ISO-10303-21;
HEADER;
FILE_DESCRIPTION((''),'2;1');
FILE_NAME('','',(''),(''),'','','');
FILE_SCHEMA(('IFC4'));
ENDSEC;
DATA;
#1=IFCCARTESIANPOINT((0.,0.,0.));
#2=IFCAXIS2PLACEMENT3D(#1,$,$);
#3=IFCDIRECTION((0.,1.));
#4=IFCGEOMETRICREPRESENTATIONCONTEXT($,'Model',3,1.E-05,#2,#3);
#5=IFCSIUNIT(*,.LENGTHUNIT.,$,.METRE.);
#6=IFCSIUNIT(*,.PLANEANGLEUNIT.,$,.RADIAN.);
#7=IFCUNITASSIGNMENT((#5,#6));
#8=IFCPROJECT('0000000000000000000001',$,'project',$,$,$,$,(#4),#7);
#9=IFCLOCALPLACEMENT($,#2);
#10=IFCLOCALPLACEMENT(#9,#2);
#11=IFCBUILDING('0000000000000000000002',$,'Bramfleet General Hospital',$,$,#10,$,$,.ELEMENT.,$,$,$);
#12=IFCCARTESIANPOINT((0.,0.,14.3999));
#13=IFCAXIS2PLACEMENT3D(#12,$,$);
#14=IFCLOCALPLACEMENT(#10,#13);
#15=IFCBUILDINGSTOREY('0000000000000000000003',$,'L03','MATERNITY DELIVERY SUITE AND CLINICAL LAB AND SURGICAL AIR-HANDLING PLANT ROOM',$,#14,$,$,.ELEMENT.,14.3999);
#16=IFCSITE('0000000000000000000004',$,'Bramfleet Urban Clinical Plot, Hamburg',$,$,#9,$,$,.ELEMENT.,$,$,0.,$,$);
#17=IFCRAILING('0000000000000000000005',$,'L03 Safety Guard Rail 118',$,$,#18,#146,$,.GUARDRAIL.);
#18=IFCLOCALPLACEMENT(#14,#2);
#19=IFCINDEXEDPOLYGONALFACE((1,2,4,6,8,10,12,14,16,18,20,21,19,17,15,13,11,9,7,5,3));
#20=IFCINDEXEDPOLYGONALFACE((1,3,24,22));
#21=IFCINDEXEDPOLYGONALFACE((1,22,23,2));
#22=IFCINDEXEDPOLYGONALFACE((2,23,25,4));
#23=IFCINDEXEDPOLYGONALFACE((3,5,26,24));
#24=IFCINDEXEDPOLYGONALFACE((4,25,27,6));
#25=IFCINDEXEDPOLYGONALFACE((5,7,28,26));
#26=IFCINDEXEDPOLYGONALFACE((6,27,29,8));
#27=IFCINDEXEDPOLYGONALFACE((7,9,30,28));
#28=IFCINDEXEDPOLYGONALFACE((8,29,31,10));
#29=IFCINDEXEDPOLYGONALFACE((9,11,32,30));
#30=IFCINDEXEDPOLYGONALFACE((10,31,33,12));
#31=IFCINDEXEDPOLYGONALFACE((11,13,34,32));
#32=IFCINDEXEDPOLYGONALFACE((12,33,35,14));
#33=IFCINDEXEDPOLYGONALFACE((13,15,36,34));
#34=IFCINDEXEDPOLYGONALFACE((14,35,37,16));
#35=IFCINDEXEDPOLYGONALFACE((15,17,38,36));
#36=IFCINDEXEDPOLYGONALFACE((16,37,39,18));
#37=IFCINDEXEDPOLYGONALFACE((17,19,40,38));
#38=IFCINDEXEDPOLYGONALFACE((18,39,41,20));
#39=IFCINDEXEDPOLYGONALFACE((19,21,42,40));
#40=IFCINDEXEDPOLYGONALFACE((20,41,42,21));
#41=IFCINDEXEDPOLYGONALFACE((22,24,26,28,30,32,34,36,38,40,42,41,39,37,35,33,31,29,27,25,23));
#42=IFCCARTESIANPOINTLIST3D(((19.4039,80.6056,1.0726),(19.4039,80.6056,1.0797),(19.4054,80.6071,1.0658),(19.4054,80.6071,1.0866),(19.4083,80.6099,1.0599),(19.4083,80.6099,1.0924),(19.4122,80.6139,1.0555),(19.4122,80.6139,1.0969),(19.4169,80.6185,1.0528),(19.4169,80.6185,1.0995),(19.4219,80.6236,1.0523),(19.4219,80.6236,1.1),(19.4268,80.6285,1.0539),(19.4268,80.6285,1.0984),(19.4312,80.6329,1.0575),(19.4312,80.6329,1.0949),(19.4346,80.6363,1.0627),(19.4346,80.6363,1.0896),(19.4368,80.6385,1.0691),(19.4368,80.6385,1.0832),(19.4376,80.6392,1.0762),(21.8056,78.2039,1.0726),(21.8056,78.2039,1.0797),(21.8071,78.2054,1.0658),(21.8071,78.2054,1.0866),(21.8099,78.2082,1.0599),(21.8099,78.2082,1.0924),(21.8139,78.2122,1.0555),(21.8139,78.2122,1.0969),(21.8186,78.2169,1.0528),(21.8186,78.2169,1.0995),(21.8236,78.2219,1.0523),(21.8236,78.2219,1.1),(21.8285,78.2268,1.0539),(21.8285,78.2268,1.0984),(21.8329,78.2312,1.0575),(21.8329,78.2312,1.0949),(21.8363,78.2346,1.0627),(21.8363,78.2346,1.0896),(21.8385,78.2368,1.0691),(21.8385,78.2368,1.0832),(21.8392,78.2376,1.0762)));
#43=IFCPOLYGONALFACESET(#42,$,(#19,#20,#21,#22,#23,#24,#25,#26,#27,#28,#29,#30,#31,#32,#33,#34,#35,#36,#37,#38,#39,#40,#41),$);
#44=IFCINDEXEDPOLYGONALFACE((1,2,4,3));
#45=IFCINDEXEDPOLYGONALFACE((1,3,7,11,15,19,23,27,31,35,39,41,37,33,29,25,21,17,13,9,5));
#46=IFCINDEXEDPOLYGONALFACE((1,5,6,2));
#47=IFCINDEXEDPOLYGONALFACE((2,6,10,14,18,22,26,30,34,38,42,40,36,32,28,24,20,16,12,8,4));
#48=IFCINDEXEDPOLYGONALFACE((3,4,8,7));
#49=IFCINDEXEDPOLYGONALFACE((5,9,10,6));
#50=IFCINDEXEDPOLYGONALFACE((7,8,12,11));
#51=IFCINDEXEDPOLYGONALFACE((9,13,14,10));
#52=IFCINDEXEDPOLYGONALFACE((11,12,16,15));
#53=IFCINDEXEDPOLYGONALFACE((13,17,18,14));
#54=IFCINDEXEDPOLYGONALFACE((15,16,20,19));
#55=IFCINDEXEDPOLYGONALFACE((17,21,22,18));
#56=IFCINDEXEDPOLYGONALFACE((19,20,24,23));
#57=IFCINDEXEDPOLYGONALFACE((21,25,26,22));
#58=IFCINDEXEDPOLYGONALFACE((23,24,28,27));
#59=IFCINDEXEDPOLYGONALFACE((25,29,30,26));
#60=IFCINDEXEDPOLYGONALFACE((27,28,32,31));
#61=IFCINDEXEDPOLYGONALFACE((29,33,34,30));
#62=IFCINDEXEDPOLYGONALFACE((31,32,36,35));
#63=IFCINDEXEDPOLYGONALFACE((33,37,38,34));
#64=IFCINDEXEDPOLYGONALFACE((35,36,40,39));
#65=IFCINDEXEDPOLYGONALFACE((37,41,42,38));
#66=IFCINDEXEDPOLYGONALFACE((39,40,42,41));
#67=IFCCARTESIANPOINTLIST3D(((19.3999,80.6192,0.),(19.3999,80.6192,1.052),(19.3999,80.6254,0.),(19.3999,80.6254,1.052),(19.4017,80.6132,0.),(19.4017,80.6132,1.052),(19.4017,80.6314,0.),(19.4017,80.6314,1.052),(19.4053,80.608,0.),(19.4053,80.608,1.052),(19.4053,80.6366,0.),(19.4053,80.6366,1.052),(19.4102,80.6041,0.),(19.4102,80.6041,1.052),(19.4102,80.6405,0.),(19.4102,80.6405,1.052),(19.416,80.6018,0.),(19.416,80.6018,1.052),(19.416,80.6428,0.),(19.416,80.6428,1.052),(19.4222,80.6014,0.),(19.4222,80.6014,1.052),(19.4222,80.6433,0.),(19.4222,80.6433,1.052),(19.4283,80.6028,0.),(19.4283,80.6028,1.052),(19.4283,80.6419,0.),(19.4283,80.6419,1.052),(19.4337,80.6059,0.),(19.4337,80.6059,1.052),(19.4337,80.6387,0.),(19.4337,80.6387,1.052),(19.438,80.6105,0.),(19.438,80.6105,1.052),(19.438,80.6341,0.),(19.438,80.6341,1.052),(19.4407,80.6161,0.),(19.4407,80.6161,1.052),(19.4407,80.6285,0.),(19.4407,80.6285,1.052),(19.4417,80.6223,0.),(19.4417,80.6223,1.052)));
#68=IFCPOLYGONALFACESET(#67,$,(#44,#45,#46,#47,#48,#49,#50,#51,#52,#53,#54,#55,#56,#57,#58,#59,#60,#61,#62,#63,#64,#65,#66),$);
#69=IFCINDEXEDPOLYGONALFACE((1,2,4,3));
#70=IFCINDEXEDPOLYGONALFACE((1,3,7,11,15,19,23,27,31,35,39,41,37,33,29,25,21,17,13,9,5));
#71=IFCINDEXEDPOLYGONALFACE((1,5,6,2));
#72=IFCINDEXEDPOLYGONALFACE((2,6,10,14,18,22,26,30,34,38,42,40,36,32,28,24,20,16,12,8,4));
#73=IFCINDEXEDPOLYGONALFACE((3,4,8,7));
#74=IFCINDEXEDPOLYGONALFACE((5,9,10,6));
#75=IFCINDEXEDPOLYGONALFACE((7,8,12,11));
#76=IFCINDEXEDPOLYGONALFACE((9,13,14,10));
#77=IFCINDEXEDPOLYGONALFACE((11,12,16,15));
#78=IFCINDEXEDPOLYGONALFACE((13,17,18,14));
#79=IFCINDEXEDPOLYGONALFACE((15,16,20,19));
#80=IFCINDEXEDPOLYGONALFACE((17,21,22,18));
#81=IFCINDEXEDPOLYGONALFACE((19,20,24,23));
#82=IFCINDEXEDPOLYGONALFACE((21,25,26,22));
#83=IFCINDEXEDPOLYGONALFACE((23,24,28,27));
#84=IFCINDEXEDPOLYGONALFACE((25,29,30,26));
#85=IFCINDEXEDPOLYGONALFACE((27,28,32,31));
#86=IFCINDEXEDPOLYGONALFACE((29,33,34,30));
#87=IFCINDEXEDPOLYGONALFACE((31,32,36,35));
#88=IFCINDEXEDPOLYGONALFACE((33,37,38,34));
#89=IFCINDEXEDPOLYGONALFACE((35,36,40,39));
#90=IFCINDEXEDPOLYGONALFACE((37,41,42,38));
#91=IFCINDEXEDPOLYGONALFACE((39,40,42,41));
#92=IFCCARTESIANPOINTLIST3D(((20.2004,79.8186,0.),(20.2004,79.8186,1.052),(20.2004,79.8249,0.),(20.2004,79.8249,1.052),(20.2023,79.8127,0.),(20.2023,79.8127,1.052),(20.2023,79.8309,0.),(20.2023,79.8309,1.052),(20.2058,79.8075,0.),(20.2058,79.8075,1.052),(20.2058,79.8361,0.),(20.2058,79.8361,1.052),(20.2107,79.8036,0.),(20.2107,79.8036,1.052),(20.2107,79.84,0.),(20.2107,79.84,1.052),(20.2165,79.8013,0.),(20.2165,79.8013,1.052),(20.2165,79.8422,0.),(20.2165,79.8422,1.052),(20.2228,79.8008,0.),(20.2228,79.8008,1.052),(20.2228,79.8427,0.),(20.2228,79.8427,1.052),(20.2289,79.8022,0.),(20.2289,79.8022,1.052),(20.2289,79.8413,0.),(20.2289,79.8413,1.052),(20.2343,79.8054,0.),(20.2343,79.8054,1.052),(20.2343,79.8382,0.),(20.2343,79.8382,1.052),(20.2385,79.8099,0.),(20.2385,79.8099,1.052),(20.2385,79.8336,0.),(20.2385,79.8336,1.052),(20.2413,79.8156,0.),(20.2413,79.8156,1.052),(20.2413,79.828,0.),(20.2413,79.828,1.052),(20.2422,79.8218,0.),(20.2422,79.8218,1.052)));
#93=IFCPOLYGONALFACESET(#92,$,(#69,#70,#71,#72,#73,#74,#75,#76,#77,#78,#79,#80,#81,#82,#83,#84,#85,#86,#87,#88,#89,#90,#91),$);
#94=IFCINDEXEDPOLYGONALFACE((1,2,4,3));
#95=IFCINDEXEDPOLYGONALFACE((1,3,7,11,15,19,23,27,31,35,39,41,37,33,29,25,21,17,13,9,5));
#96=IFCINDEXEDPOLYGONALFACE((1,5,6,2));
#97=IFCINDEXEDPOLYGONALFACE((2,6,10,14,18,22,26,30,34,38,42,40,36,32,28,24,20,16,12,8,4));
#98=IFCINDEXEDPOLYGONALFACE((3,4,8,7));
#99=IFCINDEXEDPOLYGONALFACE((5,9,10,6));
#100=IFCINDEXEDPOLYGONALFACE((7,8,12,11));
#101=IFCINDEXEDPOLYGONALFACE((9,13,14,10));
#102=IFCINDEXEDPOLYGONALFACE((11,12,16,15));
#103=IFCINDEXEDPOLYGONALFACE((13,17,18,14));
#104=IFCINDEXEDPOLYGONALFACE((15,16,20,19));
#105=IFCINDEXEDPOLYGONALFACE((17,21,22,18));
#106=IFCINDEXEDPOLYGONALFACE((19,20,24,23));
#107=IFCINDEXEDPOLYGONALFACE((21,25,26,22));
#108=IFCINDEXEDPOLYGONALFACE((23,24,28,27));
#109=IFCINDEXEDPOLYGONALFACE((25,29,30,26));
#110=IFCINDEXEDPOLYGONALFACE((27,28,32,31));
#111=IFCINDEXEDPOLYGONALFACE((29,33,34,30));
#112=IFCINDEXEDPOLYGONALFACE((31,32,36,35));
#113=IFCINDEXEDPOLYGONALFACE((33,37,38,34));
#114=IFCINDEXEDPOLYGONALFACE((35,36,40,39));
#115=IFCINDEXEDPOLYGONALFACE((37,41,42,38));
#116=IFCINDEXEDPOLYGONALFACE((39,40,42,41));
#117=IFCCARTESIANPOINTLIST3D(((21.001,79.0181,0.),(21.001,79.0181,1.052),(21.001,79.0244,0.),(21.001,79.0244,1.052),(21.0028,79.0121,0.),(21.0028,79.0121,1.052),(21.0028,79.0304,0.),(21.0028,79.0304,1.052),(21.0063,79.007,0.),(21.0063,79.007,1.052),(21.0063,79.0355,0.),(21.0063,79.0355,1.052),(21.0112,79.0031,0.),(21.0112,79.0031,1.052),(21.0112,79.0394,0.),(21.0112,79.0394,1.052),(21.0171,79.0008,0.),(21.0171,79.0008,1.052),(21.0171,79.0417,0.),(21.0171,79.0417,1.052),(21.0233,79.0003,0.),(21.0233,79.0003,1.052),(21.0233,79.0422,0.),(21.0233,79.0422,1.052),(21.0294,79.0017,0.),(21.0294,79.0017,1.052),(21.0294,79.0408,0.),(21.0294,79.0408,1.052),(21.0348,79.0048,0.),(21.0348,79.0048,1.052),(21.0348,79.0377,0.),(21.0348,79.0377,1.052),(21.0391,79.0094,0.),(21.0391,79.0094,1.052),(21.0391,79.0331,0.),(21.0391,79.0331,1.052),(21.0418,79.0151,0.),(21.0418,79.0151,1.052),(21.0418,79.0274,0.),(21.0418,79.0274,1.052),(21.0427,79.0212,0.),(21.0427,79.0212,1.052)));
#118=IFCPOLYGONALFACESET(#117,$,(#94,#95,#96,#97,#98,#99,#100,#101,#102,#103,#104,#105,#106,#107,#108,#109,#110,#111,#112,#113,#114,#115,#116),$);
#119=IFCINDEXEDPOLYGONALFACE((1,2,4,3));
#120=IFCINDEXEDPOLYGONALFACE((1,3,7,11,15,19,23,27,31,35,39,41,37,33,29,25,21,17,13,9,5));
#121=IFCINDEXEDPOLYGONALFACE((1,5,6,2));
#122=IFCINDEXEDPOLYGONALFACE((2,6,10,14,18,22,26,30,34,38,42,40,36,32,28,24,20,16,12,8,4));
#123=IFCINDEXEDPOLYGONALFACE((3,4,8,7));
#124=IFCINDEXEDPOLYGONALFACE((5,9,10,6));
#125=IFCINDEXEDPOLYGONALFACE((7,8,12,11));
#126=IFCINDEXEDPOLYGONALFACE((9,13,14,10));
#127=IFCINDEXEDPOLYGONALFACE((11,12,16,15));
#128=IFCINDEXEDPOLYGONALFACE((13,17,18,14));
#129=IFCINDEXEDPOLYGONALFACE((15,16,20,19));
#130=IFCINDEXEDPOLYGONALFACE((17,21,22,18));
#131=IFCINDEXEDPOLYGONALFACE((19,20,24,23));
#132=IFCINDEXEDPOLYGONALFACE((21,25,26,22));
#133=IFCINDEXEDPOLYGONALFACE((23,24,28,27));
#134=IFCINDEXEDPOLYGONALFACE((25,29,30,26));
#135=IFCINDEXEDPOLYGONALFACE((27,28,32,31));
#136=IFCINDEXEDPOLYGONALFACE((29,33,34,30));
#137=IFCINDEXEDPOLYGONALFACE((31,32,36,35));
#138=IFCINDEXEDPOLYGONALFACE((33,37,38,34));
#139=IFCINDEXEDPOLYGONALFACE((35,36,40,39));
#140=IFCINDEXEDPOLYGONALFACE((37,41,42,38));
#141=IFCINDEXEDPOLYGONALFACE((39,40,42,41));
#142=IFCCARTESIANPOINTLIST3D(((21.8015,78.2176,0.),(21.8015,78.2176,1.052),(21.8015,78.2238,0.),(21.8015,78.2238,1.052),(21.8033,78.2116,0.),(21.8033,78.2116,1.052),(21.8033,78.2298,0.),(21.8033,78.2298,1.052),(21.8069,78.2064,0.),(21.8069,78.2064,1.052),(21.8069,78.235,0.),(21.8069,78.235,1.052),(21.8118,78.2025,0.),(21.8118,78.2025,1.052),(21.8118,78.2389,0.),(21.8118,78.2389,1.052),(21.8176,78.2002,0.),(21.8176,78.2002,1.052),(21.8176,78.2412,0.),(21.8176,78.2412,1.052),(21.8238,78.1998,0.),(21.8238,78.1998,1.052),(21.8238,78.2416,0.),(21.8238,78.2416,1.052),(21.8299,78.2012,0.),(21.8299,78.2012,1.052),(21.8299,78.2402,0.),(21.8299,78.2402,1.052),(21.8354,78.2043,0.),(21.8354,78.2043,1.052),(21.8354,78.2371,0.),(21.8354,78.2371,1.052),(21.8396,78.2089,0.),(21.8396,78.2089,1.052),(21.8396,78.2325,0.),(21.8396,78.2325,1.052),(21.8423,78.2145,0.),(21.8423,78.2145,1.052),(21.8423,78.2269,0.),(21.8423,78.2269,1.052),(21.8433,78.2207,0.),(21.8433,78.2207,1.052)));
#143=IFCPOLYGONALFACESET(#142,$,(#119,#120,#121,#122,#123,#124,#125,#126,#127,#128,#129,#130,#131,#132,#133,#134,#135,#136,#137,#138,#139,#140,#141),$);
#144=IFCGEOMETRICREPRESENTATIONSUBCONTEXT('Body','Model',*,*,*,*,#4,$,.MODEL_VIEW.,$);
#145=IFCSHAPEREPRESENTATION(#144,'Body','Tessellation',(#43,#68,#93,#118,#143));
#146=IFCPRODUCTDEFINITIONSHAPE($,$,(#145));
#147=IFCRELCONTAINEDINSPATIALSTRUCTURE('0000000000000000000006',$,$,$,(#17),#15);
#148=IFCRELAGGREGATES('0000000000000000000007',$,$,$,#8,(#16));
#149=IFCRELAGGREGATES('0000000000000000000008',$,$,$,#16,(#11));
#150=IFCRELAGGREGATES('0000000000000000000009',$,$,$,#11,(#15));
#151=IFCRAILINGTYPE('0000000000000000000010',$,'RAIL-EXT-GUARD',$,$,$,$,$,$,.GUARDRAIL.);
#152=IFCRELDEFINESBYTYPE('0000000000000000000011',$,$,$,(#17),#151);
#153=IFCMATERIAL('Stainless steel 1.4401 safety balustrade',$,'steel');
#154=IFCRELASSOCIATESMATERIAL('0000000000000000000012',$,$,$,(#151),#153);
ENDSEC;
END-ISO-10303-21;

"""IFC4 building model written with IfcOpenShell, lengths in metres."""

from ifc_helpers import new_model, si_unit, direction, frame, origin, origin_2d, place, context, subcontext, project, spatial, circle, extrude, material, type_object, element, save


model = new_model("IFC4")

# Units and contexts
model_context = context("Model", 3, precision=1e-05, world=origin(), true_north=direction((0.0, 1.0)))
body_context = subcontext(model_context, "Body", "Model", "MODEL_VIEW")
ifc_project = project(units=[si_unit("LENGTHUNIT", "METRE"), si_unit("PLANEANGLEUNIT", "RADIAN")], contexts=[model_context])

# Site, building, storey
site_placement = place(None, origin())
site = spatial("IfcSite", under=ifc_project, at=site_placement, Name="Bramfleet Urban Clinical Plot, Hamburg", CompositionType="ELEMENT", RefElevation=0.0)
building_placement = place(site_placement, origin())
building = spatial("IfcBuilding", under=site, at=building_placement, Name="Bramfleet General Hospital", CompositionType="ELEMENT")
storey_placement = place(building_placement, frame((0.0, 0.0, 14.3999)))
storey = spatial("IfcBuildingStorey", under=building, at=storey_placement, Name="L03", Description="MATERNITY DELIVERY SUITE AND CLINICAL LAB AND SURGICAL AIR-HANDLING PLANT ROOM", CompositionType="ELEMENT", Elevation=14.3999)

# Railing
ifc_material_1 = material(Name="Stainless steel 1.4401 safety balustrade", Category="steel")
railing_type = type_object("IfcRailingType", Name="RAIL-EXT-GUARD", PredefinedType="GUARDRAIL", material=ifc_material_1)
railing_1_placement = place(storey_placement, frame((19.4207, 80.6223, 0.0)))
element("IfcRailing", 1, at=railing_1_placement, inside=storey, type_object=railing_type, Name="L03 Safety Guard Rail 118", PredefinedType="GUARDRAIL", context=body_context, shape_type="SweptSolid", body=[
    extrude(circle(Radius=0.0239, at=origin_2d()), frame((0.0, 0.0, 1.0762), z_axis=(0.707107, -0.707107, 0.0), x_axis=(0.707107, 0.707107, 0.0)), (0.0, 0.0, 1.0), 3.3965),
    extrude(circle(Radius=0.021, at=origin_2d()), origin(), (0.0, 0.0, 1.0), 1.052),
    extrude(circle(Radius=0.021, at=origin_2d()), frame((0.8005, -0.8005, 0.0)), (0.0, 0.0, 1.0), 1.052),
    extrude(circle(Radius=0.021, at=origin_2d()), frame((1.6011, -1.6011, 0.0)), (0.0, 0.0, 1.0), 1.052),
    extrude(circle(Radius=0.021, at=origin_2d()), frame((2.4016, -2.4016, 0.0)), (0.0, 0.0, 1.0), 1.052),
])

save(model, "model.ifc")
